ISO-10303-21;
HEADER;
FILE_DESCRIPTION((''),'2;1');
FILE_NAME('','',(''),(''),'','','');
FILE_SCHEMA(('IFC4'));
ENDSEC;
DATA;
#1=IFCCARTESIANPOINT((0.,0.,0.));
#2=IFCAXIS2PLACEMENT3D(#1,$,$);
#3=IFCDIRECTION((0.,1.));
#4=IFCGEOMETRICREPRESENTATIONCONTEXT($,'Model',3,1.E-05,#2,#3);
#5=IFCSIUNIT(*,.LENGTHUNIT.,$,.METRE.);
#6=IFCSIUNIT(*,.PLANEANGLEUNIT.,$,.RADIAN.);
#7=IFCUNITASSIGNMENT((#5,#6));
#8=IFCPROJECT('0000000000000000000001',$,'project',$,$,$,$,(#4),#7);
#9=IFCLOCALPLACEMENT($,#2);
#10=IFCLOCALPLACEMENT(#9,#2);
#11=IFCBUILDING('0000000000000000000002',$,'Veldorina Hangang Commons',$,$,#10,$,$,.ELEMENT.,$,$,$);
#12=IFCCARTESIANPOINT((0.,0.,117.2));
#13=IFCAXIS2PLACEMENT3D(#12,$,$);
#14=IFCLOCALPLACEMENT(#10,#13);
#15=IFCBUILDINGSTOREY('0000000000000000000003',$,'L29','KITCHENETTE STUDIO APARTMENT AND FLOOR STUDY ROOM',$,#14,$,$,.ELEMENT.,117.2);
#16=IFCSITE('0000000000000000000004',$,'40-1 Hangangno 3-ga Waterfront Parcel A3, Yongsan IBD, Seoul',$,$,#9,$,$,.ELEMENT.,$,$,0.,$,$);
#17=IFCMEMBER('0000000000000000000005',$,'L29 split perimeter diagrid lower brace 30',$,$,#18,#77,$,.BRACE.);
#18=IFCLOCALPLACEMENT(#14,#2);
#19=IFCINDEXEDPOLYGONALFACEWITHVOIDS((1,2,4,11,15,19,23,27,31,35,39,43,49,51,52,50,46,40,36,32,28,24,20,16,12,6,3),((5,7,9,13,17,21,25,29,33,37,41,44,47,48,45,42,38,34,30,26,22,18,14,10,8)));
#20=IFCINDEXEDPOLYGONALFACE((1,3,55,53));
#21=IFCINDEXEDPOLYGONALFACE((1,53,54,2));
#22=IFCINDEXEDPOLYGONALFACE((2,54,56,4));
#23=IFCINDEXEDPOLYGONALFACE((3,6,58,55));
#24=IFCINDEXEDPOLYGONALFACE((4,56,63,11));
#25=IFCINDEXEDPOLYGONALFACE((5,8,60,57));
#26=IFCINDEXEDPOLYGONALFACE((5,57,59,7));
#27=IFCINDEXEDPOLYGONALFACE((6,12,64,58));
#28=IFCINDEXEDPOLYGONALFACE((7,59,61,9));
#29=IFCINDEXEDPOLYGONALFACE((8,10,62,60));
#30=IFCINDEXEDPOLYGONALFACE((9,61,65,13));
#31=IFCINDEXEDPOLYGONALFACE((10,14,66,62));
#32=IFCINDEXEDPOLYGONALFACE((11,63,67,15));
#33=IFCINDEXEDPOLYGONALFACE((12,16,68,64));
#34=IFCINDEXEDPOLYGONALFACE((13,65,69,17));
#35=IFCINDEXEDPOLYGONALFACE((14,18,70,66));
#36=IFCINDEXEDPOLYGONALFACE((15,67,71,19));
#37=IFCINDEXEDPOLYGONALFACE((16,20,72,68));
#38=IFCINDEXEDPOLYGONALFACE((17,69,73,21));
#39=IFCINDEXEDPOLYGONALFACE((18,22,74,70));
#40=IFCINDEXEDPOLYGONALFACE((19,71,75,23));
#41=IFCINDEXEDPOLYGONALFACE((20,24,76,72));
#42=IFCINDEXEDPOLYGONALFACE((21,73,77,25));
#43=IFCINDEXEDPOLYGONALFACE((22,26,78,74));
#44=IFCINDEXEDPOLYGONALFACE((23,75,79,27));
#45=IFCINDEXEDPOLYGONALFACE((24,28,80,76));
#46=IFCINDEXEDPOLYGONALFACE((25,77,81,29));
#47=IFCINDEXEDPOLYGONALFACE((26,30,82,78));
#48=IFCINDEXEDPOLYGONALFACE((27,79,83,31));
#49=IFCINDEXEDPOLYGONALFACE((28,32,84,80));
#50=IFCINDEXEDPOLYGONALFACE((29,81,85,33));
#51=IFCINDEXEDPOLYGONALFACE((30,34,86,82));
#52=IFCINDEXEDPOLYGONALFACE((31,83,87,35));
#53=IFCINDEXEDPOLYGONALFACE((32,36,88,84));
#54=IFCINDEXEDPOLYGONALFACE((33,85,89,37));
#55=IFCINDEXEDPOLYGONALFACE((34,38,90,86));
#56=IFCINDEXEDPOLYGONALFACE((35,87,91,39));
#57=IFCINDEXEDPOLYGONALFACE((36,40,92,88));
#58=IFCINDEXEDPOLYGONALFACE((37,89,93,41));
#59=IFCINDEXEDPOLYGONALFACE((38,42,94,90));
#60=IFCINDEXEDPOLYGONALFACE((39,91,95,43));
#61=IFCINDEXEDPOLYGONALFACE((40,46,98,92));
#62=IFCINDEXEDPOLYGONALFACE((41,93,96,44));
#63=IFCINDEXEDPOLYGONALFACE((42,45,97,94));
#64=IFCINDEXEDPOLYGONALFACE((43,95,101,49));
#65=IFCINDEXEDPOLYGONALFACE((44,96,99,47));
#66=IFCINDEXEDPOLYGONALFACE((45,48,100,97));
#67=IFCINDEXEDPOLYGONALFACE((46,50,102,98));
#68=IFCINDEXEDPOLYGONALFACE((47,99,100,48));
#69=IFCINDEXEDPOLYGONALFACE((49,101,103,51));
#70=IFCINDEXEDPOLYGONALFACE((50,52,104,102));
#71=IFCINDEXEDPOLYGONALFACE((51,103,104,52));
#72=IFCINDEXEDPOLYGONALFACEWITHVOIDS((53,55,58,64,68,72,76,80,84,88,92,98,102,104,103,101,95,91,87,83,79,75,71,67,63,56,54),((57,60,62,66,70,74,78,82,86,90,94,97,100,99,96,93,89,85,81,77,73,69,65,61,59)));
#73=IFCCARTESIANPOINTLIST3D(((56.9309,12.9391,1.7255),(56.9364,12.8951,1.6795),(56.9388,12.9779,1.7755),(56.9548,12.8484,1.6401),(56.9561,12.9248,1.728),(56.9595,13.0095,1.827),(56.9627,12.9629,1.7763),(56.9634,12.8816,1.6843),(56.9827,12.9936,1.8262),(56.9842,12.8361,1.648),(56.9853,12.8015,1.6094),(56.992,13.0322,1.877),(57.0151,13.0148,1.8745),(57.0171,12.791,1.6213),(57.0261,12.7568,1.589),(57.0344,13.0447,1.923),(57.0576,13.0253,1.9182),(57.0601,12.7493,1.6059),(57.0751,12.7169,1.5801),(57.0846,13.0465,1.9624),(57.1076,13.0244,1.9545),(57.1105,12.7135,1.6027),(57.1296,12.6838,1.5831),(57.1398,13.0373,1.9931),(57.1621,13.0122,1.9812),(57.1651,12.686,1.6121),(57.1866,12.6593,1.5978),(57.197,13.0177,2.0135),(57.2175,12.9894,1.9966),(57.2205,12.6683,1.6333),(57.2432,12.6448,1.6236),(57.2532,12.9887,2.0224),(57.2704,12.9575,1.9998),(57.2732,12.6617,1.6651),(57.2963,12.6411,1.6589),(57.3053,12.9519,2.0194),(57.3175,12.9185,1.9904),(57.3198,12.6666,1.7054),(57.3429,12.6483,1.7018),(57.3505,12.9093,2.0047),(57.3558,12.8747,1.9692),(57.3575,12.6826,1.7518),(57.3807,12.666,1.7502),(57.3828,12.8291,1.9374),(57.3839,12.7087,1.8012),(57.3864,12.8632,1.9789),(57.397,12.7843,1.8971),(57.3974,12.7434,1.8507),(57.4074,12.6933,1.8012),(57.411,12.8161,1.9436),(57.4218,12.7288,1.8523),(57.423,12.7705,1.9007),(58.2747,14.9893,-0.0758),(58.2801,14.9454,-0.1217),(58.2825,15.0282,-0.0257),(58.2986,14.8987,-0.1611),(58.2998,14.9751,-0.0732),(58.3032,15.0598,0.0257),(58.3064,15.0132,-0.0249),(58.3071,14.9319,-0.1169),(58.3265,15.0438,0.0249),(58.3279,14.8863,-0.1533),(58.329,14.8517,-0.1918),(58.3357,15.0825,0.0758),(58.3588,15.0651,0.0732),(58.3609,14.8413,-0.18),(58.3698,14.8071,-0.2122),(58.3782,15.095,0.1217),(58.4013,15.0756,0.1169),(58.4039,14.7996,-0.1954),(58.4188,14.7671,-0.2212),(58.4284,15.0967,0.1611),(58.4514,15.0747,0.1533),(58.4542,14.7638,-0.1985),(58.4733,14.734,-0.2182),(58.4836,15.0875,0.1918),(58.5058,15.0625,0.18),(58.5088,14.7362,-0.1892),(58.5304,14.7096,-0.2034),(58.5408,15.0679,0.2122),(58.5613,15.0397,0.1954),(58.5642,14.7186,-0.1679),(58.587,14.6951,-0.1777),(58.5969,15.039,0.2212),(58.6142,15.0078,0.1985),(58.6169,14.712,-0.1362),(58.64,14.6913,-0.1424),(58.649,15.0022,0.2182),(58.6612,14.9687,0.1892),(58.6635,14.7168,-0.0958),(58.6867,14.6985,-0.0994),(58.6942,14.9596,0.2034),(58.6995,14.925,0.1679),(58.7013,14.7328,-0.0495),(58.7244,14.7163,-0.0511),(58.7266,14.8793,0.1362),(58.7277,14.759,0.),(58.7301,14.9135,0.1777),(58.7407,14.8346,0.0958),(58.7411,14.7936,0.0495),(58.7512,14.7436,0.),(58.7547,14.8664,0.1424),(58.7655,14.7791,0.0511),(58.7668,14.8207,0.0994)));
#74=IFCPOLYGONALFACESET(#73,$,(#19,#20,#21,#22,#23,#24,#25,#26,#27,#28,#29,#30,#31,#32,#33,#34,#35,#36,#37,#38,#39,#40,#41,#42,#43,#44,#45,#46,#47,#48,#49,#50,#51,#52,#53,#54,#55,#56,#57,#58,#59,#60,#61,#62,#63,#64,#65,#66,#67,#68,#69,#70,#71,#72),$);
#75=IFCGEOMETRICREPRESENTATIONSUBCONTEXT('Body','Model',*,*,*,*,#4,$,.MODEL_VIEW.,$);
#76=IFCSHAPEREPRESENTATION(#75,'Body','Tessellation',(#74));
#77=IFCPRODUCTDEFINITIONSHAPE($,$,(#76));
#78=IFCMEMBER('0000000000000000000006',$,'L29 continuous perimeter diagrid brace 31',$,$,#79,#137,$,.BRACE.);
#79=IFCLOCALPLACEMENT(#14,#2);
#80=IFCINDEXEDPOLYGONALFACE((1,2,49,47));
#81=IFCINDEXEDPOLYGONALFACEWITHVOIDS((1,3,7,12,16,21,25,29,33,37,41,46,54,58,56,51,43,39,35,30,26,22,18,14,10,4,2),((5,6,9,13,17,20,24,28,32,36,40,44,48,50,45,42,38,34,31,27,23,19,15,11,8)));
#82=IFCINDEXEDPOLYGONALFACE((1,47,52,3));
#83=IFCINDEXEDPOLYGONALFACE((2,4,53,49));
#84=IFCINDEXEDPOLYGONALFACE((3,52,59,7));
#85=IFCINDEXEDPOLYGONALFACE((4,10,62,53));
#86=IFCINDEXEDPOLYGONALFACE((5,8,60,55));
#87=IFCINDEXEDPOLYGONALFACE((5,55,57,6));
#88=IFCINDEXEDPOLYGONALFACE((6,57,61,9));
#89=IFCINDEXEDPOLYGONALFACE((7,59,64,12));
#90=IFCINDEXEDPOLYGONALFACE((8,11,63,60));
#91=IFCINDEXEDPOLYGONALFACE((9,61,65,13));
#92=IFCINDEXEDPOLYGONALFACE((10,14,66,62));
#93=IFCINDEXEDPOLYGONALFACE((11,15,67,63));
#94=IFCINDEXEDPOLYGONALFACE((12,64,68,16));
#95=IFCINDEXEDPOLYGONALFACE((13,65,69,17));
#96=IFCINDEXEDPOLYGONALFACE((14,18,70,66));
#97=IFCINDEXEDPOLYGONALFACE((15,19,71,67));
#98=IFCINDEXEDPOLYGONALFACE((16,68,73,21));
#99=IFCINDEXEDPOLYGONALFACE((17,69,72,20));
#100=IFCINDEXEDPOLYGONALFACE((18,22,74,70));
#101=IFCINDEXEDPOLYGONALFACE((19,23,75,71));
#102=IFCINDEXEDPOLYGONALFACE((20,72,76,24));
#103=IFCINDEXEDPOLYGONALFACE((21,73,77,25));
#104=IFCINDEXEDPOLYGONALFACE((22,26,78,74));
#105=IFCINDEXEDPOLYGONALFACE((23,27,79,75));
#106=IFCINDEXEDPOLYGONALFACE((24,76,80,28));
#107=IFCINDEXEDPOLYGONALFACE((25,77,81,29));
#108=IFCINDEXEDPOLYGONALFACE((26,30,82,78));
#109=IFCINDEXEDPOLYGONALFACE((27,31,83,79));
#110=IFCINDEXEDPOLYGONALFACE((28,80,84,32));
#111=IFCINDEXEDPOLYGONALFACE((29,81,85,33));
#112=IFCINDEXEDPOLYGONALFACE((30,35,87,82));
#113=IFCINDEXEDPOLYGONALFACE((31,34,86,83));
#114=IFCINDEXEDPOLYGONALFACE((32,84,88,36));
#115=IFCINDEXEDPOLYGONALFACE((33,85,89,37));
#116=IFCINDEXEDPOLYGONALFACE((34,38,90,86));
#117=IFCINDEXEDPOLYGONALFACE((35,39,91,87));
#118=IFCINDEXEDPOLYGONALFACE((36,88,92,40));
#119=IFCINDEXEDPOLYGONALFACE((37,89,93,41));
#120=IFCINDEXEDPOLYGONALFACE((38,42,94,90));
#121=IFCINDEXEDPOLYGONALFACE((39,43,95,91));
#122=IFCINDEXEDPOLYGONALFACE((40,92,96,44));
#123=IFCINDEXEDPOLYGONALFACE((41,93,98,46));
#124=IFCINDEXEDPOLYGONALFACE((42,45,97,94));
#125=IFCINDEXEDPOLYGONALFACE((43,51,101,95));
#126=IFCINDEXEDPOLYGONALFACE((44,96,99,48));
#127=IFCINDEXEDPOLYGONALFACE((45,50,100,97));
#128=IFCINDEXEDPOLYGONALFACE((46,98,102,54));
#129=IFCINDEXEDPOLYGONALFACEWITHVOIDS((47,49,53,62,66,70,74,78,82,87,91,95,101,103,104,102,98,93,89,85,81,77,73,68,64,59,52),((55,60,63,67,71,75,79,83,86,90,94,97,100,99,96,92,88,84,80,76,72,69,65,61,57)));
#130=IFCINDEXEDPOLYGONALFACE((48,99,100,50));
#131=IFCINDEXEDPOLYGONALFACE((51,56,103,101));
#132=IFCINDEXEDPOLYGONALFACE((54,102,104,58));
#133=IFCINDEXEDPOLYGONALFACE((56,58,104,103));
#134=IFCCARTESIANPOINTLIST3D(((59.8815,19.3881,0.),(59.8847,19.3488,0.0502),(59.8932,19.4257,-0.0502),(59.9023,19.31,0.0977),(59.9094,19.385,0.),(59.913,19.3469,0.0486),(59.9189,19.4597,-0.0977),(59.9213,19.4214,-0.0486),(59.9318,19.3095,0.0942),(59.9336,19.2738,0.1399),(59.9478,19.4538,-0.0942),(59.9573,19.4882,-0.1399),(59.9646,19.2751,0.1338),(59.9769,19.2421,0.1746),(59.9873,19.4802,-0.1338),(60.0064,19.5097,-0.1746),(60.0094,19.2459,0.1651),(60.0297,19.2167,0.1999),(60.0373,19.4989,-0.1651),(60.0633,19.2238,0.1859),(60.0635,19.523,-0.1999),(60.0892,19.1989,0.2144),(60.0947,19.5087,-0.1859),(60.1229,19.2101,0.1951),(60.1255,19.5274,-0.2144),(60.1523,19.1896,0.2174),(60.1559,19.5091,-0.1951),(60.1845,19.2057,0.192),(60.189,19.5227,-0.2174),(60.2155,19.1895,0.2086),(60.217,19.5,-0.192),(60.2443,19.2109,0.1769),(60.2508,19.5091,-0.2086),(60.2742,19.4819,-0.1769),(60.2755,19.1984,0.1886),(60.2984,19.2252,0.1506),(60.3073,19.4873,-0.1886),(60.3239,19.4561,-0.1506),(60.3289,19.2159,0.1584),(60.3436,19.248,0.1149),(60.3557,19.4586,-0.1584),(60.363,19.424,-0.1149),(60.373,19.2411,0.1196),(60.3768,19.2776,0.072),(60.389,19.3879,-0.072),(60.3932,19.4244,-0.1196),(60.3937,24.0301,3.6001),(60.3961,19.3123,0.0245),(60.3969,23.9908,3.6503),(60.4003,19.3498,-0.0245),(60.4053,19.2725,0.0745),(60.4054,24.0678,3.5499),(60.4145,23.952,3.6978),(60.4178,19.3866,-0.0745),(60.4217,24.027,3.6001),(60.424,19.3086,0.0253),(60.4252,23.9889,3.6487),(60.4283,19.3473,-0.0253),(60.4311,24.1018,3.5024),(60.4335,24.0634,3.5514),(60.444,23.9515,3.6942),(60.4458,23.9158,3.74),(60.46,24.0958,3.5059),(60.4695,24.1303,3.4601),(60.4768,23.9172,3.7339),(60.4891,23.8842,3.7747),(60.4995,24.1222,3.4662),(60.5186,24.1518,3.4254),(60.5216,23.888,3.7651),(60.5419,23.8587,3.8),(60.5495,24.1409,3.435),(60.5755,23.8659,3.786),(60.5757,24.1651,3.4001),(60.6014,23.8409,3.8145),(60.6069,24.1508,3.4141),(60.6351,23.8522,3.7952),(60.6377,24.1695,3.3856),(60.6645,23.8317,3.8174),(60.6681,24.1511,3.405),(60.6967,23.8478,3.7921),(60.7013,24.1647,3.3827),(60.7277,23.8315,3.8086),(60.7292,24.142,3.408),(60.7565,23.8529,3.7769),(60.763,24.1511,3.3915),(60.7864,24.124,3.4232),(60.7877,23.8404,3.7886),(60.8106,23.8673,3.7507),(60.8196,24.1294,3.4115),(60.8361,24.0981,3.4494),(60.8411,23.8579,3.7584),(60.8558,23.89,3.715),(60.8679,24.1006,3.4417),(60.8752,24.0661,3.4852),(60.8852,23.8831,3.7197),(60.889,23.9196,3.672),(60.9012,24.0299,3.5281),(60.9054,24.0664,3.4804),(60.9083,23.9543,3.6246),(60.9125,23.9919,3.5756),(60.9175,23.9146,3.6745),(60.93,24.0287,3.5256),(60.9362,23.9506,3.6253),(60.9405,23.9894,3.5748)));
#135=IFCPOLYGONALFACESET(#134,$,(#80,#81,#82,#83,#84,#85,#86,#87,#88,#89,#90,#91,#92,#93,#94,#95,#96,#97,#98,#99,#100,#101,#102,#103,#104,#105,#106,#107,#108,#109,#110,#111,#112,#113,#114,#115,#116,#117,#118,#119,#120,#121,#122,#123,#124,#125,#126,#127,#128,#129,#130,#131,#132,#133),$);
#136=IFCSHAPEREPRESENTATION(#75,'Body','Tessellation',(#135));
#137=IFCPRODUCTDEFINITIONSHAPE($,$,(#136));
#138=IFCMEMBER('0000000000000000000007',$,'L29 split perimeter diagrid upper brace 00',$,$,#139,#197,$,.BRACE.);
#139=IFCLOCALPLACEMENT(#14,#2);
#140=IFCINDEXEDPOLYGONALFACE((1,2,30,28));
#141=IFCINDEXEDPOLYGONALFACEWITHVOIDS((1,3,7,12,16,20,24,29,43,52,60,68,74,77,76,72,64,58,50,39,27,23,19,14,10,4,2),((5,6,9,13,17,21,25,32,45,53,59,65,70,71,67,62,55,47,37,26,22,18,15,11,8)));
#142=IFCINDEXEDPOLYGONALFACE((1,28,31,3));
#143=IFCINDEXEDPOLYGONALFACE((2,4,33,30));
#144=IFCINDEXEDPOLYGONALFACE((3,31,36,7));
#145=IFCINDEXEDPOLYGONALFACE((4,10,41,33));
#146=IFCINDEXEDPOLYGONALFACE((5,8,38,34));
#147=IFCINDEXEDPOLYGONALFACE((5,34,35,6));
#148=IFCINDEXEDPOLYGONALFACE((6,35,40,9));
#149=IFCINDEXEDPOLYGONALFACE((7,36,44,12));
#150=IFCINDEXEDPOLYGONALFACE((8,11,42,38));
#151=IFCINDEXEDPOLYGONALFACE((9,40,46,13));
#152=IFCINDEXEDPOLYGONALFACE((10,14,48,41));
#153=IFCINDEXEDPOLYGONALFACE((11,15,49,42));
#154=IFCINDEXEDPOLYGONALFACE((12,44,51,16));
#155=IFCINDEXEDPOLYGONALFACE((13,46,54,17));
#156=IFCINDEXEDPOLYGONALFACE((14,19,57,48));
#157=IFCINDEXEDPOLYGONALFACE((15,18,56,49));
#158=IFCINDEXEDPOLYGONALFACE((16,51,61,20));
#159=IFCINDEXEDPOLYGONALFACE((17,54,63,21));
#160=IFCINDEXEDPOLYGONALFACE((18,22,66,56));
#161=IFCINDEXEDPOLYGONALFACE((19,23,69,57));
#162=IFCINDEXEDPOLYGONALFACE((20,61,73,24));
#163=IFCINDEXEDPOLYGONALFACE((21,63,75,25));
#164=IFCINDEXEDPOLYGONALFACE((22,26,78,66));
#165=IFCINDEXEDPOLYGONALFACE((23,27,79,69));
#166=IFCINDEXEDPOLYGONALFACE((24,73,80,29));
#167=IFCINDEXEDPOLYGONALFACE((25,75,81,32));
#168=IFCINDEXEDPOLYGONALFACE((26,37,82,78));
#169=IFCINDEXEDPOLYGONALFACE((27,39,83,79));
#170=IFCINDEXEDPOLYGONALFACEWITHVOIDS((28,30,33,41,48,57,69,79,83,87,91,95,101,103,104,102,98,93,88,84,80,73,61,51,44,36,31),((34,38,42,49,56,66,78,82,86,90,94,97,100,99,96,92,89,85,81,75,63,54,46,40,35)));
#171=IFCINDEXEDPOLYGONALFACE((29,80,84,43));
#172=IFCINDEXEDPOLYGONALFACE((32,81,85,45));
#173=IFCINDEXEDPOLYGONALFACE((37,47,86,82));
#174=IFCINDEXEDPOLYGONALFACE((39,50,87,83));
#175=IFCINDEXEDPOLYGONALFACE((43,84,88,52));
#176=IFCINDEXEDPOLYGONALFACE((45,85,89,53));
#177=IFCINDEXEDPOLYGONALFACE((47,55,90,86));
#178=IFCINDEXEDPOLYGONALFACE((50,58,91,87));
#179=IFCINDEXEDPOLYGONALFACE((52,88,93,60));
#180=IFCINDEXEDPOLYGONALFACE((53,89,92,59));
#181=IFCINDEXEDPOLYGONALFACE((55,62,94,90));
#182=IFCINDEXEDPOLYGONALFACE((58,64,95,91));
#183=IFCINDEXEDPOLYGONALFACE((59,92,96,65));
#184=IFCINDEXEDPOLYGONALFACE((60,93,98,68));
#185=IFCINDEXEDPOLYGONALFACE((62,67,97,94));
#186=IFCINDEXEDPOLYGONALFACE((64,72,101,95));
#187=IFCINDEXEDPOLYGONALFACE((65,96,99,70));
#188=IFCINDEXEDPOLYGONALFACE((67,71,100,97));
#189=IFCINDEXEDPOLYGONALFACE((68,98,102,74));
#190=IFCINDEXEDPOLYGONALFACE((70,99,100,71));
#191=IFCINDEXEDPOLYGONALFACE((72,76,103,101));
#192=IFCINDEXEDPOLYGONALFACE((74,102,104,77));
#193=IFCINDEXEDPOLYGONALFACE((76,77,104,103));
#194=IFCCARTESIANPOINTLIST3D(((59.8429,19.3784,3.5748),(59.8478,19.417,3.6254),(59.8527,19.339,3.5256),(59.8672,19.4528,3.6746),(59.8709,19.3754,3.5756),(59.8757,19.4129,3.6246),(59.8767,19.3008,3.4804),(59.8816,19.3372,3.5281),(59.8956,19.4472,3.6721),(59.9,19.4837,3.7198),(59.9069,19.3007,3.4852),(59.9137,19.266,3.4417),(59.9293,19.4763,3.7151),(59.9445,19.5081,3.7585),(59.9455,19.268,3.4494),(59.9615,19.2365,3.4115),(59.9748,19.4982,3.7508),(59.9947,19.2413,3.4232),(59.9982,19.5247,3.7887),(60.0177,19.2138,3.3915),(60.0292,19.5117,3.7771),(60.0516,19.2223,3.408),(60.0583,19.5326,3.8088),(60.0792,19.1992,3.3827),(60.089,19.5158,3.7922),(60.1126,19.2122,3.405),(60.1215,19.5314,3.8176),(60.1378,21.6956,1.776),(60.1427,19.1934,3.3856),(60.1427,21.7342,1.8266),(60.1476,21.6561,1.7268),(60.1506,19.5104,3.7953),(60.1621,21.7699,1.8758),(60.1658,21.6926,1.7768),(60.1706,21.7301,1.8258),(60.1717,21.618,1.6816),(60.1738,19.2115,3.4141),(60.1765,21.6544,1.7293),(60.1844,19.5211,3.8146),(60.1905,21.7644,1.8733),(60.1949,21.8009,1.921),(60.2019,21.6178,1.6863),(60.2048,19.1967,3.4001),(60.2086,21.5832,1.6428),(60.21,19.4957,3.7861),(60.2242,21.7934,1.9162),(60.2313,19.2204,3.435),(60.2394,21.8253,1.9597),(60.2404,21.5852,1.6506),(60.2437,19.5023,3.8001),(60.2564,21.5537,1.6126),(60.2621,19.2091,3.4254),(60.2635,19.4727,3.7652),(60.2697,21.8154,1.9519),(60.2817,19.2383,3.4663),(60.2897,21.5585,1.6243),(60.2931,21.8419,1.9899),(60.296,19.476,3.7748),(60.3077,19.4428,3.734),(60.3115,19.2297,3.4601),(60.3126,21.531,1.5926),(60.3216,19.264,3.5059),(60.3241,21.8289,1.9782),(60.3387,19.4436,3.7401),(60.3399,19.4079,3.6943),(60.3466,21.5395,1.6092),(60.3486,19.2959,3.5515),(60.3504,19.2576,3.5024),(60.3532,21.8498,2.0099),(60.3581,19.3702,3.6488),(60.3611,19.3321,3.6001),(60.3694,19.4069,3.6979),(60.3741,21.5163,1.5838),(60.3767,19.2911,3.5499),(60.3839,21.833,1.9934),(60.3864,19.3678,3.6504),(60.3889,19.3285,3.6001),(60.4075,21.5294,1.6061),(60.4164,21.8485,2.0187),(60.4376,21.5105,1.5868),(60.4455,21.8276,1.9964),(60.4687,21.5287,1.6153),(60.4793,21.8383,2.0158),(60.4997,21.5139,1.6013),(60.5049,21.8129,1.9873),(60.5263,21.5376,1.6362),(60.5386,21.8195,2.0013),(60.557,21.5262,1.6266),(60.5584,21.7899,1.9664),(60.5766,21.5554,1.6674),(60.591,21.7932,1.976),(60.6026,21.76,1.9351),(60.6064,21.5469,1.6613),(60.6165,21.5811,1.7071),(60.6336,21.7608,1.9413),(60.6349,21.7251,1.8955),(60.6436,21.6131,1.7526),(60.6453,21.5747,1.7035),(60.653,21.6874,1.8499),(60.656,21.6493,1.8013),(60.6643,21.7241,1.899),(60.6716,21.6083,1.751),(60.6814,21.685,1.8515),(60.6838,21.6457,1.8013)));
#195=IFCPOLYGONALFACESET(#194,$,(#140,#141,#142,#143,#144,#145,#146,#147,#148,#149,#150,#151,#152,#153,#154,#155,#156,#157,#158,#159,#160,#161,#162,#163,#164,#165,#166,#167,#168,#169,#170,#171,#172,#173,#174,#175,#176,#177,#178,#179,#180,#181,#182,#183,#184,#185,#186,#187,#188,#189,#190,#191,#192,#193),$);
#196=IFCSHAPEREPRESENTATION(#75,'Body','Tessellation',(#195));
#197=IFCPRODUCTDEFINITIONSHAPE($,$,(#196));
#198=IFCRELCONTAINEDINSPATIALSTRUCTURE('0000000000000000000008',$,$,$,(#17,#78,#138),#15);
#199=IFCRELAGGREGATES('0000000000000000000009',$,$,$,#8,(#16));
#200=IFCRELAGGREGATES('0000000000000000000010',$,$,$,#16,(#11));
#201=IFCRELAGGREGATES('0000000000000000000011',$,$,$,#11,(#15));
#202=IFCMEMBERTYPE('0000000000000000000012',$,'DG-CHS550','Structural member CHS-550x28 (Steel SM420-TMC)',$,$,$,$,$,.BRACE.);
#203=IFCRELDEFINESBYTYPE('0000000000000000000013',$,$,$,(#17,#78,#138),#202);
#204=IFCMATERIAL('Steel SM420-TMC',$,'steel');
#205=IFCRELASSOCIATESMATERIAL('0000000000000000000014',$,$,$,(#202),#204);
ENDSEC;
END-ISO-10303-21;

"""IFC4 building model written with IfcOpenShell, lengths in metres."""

from ifc_helpers import new_model, si_unit, direction, frame, origin, origin_2d, place, context, subcontext, project, spatial, hollow_circle, extrude, material, material_profile, profile_set, type_object, element, save


model = new_model("IFC4")

# Units and contexts
model_context = context("Model", 3, precision=1e-05, world=origin(), true_north=direction((0.0, 1.0)))
body_context = subcontext(model_context, "Body", "Model", "MODEL_VIEW")
ifc_project = project(units=[si_unit("LENGTHUNIT", "METRE"), si_unit("PLANEANGLEUNIT", "RADIAN")], contexts=[model_context])

# Site, building, storey
site_placement = place(None, origin())
site = spatial("IfcSite", under=ifc_project, at=site_placement, Name="40-1 Hangangno 3-ga Waterfront Parcel A3, Yongsan IBD, Seoul", CompositionType="ELEMENT", RefElevation=0.0)
building_placement = place(site_placement, origin())
building = spatial("IfcBuilding", under=site, at=building_placement, Name="Veldorina Hangang Commons", CompositionType="ELEMENT")
storey_placement = place(building_placement, frame((0.0, 0.0, 117.2)))
storey = spatial("IfcBuildingStorey", under=building, at=storey_placement, Name="L29", Description="KITCHENETTE STUDIO APARTMENT AND FLOOR STUDY ROOM", CompositionType="ELEMENT", Elevation=117.2)

# Shared definitions
ifc_material_1 = material(Name="Steel SM420-TMC", Category="steel")

# Members
ifc_material_profile_1 = material_profile(ifc_material_1, hollow_circle(Radius=0.2749, WallThickness=0.0281, at=origin_2d()), Name="CHS-550x28")
ifc_profile_set_1 = profile_set([ifc_material_profile_1], Name="Steel SM420-TMC")
member_type_1 = type_object("IfcMemberType", Name="DG-CHS550", Description="Structural member CHS-550x28 (Steel SM420-TMC)", PredefinedType="BRACE", material=ifc_profile_set_1)
member_1_placement = place(storey_placement, frame((58.5212, 14.8943, 0.0), z_axis=(-0.441728, -0.673989, 0.592128), x_axis=(0.836376, -0.548156, 0.0)))
element("IfcMember", 1, at=member_1_placement, inside=storey, type_object=member_type_1, Name="L29 split perimeter diagrid lower brace 30", PredefinedType="BRACE", context=body_context, shape_type="SweptSolid", body=[
    extrude(hollow_circle(Radius=0.2749, WallThickness=0.0281, at=origin_2d()), origin(), (0.0, 0.0, 1.0), 3.042),
])
member_2_placement = place(storey_placement, frame((60.1548, 19.3579, 0.0), z_axis=(0.086862, 0.787224, 0.610519), x_axis=(-0.993968, 0.109674, 0.0)))
element("IfcMember", 2, at=member_2_placement, inside=storey, type_object=member_type_1, Name="L29 continuous perimeter diagrid brace 31", PredefinedType="BRACE", context=body_context, shape_type="SweptSolid", body=[
    extrude(hollow_circle(Radius=0.2749, WallThickness=0.0281, at=origin_2d()), origin(), (0.0, 0.0, 1.0), 5.8967),
])
member_3_placement = place(storey_placement, frame((60.4111, 21.6804, 1.8013), z_axis=(-0.100034, -0.78595, 0.610144), x_axis=(0.991997, -0.12626, 0.0)))
element("IfcMember", 3, at=member_3_placement, inside=storey, type_object=member_type_1, Name="L29 split perimeter diagrid upper brace 00", PredefinedType="BRACE", context=body_context, shape_type="SweptSolid", body=[
    extrude(hollow_circle(Radius=0.2749, WallThickness=0.0281, at=origin_2d()), origin(), (0.0, 0.0, 1.0), 2.9482),
])

save(model, "model.ifc")
